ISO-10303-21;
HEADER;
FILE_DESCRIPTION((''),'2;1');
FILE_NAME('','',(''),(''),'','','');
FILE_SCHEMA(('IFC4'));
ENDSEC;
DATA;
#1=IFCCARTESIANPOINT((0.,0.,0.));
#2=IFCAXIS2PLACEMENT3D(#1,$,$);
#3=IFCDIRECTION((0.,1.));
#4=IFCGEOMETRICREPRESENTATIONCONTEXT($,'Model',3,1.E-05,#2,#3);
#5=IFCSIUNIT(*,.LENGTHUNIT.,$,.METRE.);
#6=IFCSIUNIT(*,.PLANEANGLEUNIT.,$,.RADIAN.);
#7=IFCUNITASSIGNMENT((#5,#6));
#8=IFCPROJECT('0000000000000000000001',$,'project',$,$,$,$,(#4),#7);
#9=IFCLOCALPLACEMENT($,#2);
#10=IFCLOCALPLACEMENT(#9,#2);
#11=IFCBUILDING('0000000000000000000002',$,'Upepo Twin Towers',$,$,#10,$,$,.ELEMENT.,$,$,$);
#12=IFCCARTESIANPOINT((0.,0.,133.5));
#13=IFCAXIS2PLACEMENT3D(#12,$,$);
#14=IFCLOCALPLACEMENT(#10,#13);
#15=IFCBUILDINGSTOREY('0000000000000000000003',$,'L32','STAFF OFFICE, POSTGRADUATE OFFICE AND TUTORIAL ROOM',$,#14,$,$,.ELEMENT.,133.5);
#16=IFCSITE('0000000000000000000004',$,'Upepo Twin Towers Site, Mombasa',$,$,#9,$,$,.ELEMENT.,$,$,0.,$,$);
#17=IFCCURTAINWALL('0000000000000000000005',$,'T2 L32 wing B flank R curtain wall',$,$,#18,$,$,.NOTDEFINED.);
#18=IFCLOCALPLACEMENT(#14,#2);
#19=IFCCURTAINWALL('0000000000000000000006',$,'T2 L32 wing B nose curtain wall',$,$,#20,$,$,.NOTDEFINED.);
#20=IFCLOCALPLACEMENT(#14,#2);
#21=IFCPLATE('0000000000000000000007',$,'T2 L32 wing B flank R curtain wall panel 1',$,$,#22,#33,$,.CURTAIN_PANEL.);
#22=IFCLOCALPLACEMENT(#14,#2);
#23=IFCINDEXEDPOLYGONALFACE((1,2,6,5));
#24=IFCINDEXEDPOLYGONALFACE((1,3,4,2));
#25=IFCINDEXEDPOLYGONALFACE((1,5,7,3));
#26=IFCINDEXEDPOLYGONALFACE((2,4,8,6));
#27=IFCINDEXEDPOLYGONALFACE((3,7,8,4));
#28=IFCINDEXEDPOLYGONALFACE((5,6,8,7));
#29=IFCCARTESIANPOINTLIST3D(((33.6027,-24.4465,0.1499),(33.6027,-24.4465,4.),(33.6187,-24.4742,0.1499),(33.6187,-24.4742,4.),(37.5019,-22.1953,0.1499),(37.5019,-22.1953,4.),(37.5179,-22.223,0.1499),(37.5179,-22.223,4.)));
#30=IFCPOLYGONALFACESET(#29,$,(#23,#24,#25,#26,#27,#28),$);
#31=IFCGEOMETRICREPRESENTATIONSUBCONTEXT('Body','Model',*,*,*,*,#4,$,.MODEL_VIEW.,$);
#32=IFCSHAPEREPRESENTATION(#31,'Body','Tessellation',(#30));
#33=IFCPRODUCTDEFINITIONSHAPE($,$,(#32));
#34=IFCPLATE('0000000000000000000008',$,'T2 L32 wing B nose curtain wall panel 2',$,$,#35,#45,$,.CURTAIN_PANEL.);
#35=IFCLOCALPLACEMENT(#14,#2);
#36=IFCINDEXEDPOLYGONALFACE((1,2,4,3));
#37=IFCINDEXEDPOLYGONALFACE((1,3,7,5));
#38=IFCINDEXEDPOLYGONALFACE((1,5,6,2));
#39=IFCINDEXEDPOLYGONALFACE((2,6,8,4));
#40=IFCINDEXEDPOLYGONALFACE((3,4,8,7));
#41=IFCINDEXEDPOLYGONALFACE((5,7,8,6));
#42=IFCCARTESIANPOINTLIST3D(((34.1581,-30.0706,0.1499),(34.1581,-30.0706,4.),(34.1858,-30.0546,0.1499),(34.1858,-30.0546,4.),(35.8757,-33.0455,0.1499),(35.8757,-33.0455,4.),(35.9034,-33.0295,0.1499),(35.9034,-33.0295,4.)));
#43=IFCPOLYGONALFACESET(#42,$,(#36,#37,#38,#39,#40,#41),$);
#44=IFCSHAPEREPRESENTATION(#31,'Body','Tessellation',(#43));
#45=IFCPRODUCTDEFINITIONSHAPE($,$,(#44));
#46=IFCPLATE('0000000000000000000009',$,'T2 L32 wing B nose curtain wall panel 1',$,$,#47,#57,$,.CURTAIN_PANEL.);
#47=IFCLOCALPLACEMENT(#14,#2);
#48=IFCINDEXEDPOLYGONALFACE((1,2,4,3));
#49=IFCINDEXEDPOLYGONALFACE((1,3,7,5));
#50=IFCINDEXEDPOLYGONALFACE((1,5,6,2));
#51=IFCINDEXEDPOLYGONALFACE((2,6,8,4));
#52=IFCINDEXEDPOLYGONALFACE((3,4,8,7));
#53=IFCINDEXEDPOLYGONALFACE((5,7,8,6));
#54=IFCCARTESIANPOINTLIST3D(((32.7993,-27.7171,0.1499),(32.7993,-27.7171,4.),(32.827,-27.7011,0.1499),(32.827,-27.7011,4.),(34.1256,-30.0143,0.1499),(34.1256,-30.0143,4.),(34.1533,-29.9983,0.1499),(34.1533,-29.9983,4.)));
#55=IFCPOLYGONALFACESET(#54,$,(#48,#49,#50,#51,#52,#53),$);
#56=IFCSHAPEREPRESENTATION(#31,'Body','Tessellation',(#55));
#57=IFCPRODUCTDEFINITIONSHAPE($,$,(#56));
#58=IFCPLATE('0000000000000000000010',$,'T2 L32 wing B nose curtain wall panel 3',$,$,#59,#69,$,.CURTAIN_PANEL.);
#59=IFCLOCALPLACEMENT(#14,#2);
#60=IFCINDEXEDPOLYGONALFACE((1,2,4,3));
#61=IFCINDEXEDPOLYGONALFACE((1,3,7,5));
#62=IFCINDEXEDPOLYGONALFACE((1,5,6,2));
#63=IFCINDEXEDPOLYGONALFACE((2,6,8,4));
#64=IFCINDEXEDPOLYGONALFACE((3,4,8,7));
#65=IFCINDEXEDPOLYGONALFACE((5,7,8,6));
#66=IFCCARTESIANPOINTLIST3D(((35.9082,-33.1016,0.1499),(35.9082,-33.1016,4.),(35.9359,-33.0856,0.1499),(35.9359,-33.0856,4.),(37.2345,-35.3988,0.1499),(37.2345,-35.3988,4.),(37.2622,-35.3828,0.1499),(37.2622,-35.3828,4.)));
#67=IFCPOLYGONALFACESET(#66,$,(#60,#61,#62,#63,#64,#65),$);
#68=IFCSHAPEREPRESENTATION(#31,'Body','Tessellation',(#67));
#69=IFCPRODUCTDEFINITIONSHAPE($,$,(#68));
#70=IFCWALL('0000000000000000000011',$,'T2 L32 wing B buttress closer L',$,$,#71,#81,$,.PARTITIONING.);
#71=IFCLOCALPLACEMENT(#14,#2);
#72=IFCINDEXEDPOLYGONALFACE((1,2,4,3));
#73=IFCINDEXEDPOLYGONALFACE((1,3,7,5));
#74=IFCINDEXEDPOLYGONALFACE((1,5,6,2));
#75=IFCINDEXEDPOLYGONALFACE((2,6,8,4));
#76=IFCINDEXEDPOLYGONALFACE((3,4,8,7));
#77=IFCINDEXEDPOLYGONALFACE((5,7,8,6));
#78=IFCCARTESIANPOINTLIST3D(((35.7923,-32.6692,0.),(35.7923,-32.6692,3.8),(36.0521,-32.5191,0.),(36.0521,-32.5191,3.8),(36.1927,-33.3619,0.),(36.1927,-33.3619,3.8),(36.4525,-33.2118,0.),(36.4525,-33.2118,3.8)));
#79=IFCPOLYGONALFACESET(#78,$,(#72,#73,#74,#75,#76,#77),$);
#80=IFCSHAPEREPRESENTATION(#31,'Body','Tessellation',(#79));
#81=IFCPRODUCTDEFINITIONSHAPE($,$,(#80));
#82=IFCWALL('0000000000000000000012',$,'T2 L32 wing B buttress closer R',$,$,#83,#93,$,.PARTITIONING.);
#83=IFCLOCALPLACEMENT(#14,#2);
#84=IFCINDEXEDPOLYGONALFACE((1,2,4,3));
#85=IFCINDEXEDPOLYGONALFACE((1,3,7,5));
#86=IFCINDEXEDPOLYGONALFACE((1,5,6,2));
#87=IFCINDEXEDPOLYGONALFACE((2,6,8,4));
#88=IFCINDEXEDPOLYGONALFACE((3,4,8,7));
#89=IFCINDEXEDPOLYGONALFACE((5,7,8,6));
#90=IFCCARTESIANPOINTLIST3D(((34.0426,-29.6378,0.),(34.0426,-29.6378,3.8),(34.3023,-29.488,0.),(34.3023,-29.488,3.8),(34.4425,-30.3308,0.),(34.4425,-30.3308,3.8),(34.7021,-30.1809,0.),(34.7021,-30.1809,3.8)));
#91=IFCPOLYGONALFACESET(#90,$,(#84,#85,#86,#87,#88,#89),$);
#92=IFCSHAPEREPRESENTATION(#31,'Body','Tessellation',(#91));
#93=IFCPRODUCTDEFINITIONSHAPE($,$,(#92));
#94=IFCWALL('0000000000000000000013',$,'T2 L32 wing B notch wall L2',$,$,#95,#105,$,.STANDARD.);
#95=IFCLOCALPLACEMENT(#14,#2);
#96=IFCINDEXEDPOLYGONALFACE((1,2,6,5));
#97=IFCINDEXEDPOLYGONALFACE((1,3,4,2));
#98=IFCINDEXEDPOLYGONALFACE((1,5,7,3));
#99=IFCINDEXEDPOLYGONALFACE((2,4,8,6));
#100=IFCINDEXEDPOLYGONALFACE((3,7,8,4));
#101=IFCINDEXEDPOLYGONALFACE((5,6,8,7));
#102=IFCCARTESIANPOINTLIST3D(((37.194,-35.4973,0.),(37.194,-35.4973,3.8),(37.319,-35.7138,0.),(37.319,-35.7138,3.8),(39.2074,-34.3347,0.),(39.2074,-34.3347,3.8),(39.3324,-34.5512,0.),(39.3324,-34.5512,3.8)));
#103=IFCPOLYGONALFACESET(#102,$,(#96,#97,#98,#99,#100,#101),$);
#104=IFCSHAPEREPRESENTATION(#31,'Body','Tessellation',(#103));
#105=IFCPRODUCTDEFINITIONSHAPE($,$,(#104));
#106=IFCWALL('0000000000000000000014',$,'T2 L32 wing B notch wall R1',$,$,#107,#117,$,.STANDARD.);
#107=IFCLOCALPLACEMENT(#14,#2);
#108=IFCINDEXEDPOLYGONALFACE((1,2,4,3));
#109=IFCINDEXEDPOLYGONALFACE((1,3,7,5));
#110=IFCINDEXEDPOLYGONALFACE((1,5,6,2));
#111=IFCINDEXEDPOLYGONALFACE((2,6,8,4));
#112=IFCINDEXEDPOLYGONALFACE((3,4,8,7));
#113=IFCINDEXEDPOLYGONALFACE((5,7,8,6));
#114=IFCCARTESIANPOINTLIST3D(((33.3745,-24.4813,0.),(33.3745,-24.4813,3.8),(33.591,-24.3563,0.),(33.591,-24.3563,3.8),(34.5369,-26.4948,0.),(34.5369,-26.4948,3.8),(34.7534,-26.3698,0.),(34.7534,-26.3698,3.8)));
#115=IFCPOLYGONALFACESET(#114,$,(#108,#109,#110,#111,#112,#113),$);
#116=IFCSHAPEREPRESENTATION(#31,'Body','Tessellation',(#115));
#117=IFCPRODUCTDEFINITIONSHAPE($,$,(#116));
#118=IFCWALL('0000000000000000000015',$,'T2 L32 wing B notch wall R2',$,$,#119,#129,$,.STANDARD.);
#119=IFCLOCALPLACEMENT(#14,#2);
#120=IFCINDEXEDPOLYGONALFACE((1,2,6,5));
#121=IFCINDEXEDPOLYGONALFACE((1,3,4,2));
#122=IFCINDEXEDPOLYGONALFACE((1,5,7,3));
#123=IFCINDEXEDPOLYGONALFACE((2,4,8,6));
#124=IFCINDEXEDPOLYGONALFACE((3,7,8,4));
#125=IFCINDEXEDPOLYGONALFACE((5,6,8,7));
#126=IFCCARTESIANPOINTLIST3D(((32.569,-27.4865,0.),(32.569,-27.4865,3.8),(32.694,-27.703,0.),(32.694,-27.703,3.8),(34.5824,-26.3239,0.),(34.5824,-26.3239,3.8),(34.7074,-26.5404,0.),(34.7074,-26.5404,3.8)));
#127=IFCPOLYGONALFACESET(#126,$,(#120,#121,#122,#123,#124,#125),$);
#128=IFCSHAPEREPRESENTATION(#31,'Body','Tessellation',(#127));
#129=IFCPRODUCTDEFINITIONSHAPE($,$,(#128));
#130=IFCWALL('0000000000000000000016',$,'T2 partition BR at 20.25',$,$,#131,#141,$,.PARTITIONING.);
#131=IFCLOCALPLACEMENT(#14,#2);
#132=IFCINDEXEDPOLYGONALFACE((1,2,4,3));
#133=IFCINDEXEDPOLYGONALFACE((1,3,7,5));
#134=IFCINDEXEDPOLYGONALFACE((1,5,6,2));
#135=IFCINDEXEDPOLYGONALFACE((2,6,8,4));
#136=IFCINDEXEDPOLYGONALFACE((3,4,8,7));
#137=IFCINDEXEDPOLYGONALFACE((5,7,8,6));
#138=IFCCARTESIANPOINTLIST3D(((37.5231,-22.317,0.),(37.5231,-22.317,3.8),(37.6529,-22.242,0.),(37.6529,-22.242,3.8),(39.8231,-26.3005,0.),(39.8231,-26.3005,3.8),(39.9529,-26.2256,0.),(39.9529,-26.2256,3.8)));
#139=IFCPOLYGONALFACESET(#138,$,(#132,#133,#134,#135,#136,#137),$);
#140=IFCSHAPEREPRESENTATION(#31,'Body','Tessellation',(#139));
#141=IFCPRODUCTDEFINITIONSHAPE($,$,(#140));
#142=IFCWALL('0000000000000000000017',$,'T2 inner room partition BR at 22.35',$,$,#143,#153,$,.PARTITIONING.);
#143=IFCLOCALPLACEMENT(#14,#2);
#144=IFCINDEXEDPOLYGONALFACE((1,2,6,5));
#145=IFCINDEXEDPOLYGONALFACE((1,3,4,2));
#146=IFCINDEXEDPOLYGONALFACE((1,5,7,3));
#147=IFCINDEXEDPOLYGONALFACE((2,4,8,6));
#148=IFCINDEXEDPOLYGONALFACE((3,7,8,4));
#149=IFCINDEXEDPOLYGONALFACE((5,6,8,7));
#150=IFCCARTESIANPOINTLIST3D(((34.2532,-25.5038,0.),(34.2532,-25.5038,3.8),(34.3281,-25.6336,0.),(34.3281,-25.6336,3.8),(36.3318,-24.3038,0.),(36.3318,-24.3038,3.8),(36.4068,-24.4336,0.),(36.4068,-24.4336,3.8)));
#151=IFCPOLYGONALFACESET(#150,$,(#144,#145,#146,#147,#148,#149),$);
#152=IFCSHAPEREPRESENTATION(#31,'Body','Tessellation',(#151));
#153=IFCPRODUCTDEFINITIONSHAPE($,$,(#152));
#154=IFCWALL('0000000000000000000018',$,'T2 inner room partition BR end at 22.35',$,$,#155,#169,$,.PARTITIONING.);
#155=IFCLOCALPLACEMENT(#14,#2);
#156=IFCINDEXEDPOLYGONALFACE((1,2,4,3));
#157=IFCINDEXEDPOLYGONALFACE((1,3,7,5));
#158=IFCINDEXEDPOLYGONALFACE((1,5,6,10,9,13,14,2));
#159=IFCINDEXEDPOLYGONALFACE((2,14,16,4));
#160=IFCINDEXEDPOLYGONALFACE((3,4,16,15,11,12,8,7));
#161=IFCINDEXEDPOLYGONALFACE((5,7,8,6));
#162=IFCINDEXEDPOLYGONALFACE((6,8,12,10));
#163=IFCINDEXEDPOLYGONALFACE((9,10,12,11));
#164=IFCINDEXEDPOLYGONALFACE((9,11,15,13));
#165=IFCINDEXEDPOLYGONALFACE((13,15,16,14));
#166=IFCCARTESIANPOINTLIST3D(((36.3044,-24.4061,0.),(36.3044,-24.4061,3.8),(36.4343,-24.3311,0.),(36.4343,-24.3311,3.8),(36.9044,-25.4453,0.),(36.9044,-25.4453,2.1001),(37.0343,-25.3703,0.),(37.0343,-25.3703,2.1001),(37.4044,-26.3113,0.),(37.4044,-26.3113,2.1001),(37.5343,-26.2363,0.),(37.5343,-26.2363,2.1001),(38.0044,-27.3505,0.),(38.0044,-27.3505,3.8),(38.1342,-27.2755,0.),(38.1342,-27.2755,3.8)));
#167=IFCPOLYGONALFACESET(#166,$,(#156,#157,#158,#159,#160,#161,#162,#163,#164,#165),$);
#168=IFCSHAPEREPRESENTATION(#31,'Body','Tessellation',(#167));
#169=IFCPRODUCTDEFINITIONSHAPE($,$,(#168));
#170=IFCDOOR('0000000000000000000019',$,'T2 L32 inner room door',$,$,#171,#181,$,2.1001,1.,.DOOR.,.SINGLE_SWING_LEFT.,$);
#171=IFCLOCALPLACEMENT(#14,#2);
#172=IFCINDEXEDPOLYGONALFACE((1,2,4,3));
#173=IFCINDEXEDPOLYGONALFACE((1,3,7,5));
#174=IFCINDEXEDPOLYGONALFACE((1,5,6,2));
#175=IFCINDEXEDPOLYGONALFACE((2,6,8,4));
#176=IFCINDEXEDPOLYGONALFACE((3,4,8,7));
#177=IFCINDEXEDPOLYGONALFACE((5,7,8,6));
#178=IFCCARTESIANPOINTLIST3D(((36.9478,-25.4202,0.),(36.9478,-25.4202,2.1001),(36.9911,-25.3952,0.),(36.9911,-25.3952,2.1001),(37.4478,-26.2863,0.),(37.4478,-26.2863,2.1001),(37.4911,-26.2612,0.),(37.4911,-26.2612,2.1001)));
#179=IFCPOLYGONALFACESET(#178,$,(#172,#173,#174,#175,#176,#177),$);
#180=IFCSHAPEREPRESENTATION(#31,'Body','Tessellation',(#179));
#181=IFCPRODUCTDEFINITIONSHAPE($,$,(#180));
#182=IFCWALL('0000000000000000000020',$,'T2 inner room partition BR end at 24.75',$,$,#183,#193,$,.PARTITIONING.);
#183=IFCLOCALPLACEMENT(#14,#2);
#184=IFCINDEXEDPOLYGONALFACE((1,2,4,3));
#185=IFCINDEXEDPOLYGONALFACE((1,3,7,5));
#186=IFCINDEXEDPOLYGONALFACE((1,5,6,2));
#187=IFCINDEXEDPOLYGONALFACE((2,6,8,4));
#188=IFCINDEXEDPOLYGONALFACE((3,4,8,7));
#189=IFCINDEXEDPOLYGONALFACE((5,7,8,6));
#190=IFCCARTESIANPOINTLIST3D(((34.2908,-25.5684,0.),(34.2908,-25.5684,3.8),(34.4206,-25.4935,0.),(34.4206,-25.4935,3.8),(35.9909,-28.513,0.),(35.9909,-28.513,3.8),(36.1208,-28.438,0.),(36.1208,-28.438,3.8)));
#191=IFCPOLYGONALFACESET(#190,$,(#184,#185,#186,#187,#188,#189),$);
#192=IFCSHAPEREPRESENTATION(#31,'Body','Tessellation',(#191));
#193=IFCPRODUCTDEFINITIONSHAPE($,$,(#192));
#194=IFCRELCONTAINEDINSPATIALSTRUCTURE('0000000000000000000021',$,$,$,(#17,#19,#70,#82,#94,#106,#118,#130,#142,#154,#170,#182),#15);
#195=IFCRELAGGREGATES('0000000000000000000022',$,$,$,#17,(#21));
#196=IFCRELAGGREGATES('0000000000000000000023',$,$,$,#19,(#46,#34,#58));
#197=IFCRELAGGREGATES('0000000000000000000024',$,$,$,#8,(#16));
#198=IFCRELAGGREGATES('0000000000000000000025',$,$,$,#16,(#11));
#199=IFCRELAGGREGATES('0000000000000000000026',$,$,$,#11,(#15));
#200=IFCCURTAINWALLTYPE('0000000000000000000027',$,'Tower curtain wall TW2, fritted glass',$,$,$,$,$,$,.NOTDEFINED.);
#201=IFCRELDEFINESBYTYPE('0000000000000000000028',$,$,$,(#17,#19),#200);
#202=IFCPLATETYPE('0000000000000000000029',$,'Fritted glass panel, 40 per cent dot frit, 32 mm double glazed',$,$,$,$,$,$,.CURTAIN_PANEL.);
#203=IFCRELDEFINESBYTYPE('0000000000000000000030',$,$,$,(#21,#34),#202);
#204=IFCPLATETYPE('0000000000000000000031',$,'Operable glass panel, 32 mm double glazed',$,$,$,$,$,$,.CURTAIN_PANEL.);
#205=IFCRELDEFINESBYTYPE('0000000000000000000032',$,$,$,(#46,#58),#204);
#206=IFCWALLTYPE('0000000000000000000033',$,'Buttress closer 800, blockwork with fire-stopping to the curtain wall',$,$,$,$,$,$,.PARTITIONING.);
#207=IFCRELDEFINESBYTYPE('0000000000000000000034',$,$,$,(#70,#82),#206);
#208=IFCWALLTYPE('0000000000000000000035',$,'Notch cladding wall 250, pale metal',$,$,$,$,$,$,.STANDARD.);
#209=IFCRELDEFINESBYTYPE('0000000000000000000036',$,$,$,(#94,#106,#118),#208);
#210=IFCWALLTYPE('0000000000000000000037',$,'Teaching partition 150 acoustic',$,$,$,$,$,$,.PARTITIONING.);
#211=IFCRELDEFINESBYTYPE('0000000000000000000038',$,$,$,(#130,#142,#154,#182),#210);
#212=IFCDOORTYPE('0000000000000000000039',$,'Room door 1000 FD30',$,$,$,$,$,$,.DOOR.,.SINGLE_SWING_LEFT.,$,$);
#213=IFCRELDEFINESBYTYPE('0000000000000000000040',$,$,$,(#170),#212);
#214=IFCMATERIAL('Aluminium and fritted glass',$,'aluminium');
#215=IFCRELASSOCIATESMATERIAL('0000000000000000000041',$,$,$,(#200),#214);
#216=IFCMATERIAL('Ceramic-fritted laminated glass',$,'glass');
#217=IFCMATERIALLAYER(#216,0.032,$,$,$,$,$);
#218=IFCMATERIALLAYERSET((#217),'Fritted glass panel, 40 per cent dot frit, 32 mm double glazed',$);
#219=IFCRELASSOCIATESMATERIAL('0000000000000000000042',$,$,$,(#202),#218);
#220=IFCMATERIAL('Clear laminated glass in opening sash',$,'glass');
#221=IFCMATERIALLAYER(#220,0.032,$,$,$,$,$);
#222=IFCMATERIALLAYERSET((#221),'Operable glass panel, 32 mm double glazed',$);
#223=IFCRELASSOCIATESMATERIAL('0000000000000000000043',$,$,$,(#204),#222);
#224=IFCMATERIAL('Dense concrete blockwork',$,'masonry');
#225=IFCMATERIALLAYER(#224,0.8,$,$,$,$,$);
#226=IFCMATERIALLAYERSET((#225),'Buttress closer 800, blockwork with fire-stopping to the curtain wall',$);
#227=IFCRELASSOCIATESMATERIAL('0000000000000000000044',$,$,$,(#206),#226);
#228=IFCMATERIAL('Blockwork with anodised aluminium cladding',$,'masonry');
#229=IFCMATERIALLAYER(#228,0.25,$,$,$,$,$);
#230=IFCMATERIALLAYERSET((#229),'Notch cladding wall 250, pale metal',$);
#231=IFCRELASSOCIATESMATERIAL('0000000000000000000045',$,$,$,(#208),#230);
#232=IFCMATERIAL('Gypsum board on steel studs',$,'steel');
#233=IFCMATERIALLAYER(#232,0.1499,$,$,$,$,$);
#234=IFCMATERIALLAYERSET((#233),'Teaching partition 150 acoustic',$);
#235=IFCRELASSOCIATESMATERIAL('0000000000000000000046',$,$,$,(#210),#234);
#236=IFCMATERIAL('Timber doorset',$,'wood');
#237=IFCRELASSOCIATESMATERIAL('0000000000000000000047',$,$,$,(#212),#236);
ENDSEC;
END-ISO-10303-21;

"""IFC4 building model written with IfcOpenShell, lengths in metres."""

from ifc_helpers import new_model, si_unit, direction, frame, frame_2d, origin, origin_2d, place, context, subcontext, project, spatial, rectangle, extrude, material, layer, layer_set, type_object, element, fill, aggregate, save


model = new_model("IFC4")

# Units and contexts
model_context = context("Model", 3, precision=1e-05, world=origin(), true_north=direction((0.0, 1.0)))
body_context = subcontext(model_context, "Body", "Model", "MODEL_VIEW")
ifc_project = project(units=[si_unit("LENGTHUNIT", "METRE"), si_unit("PLANEANGLEUNIT", "RADIAN")], contexts=[model_context])

# Site, building, storey
site_placement = place(None, origin())
site = spatial("IfcSite", under=ifc_project, at=site_placement, Name="Upepo Twin Towers Site, Mombasa", CompositionType="ELEMENT", RefElevation=0.0)
building_placement = place(site_placement, origin())
building = spatial("IfcBuilding", under=site, at=building_placement, Name="Upepo Twin Towers", CompositionType="ELEMENT")
storey_placement = place(building_placement, frame((0.0, 0.0, 133.5)))
storey = spatial("IfcBuildingStorey", under=building, at=storey_placement, Name="L32", Description="STAFF OFFICE, POSTGRADUATE OFFICE AND TUTORIAL ROOM", CompositionType="ELEMENT", Elevation=133.5)

# Curtain wall
ifc_material_1 = material(Name="Aluminium and fritted glass", Category="aluminium")
curtain_wall_type = type_object("IfcCurtainWallType", Name="Tower curtain wall TW2, fritted glass", PredefinedType="NOTDEFINED", material=ifc_material_1)
curtain_wall_1_placement = place(storey_placement, origin())
curtain_wall_1 = element("IfcCurtainWall", 1, at=curtain_wall_1_placement, inside=storey, type_object=curtain_wall_type, Name="T2 L32 wing B flank R curtain wall", PredefinedType="NOTDEFINED")

# Curtain wall
curtain_wall_2_placement = place(storey_placement, origin())
curtain_wall_2 = element("IfcCurtainWall", 2, at=curtain_wall_2_placement, inside=storey, type_object=curtain_wall_type, Name="T2 L32 wing B nose curtain wall", PredefinedType="NOTDEFINED")

# Plates
ifc_material_2 = material(Name="Ceramic-fritted laminated glass", Category="glass")
ifc_layer_1 = layer(ifc_material_2, 0.032)
ifc_layer_set_1 = layer_set([ifc_layer_1], Name="Fritted glass panel, 40 per cent dot frit, 32 mm double glazed")
plate_type_1 = type_object("IfcPlateType", Name="Fritted glass panel, 40 per cent dot frit, 32 mm double glazed", PredefinedType="CURTAIN_PANEL", material=ifc_layer_set_1)
plate_1_placement = place(storey_placement, frame((35.5603, -23.3347, 0.1499), z_axis=(0.0, 0.0, 1.0), x_axis=(0.866025, 0.5, 0.0)))
plate_1 = element("IfcPlate", 3, at=plate_1_placement, type_object=plate_type_1, Name="T2 L32 wing B flank R curtain wall panel 1", PredefinedType="CURTAIN_PANEL", context=body_context, shape_type="SweptSolid", body=[
    extrude(rectangle(XDim=4.5024, YDim=0.032, at=origin_2d()), origin(), (0.0, 0.0, 1.0), 3.8501),
])
aggregate(curtain_wall_1, [plate_1])
plate_2_placement = place(storey_placement, frame((35.0308, -31.55, 0.1499), z_axis=(0.0, 0.0, 1.0), x_axis=(0.5, -0.866025, 0.0)))
plate_2 = element("IfcPlate", 4, at=plate_2_placement, type_object=plate_type_1, Name="T2 L32 wing B nose curtain wall panel 2", PredefinedType="CURTAIN_PANEL", context=body_context, shape_type="SweptSolid", body=[
    extrude(rectangle(XDim=3.4351, YDim=0.032, at=origin_2d()), origin(), (0.0, 0.0, 1.0), 3.8501),
])
ifc_material_3 = material(Name="Clear laminated glass in opening sash", Category="glass")
ifc_layer_2 = layer(ifc_material_3, 0.032)
ifc_layer_set_2 = layer_set([ifc_layer_2], Name="Operable glass panel, 32 mm double glazed")
plate_type_2 = type_object("IfcPlateType", Name="Operable glass panel, 32 mm double glazed", PredefinedType="CURTAIN_PANEL", material=ifc_layer_set_2)
plate_3_placement = place(storey_placement, frame((33.4763, -28.8577, 0.1499), z_axis=(0.0, 0.0, 1.0), x_axis=(0.5, -0.866025, 0.0)))
plate_3 = element("IfcPlate", 5, at=plate_3_placement, type_object=plate_type_2, Name="T2 L32 wing B nose curtain wall panel 1", PredefinedType="CURTAIN_PANEL", context=body_context, shape_type="SweptSolid", body=[
    extrude(rectangle(XDim=2.6526, YDim=0.032, at=origin_2d()), origin(), (0.0, 0.0, 1.0), 3.8501),
])
plate_4_placement = place(storey_placement, frame((36.5852, -34.2422, 0.1499), z_axis=(0.0, 0.0, 1.0), x_axis=(0.5, -0.866025, 0.0)))
plate_4 = element("IfcPlate", 6, at=plate_4_placement, type_object=plate_type_2, Name="T2 L32 wing B nose curtain wall panel 3", PredefinedType="CURTAIN_PANEL", context=body_context, shape_type="SweptSolid", body=[
    extrude(rectangle(XDim=2.6526, YDim=0.032, at=origin_2d()), origin(), (0.0, 0.0, 1.0), 3.8501),
])
aggregate(curtain_wall_2, [plate_3, plate_2, plate_4])

# Walls
ifc_material_4 = material(Name="Dense concrete blockwork", Category="masonry")
ifc_layer_3 = layer(ifc_material_4, 0.8)
ifc_layer_set_3 = layer_set([ifc_layer_3], Name="Buttress closer 800, blockwork with fire-stopping to the curtain wall")
wall_type_1 = type_object("IfcWallType", Name="Buttress closer 800, blockwork with fire-stopping to the curtain wall", PredefinedType="PARTITIONING", material=ifc_layer_set_3)
wall_1_placement = place(storey_placement, frame((36.2522, -32.8655, 0.0), z_axis=(0.0, 0.0, 1.0), x_axis=(-0.865779, -0.500427, 0.0)))
element("IfcWall", 7, at=wall_1_placement, inside=storey, type_object=wall_type_1, Name="T2 L32 wing B buttress closer L", PredefinedType="PARTITIONING", context=body_context, shape_type="SweptSolid", body=[
    extrude(rectangle(XDim=0.3, YDim=0.8, at=frame_2d((0.1499, 0.0))), origin(), (0.0, 0.0, 1.0), 3.8),
])
wall_2_placement = place(storey_placement, frame((34.5022, -29.8345, 0.0), z_axis=(0.0, 0.0, 1.0), x_axis=(-0.866131, -0.499816, 0.0)))
element("IfcWall", 8, at=wall_2_placement, inside=storey, type_object=wall_type_1, Name="T2 L32 wing B buttress closer R", PredefinedType="PARTITIONING", context=body_context, shape_type="SweptSolid", body=[
    extrude(rectangle(XDim=0.2998, YDim=0.8, at=frame_2d((0.1499, 0.0))), origin(), (0.0, 0.0, 1.0), 3.8),
])
ifc_material_5 = material(Name="Blockwork with anodised aluminium cladding", Category="masonry")
ifc_layer_4 = layer(ifc_material_5, 0.25)
ifc_layer_set_4 = layer_set([ifc_layer_4], Name="Notch cladding wall 250, pale metal")
wall_type_2 = type_object("IfcWallType", Name="Notch cladding wall 250, pale metal", PredefinedType="STANDARD", material=ifc_layer_set_4)
for number, where, z_axis, x_axis, name in (
    (9, (39.27, -34.4429, 0.0), (0.0, 0.0, 1.0), (-0.865998, -0.500047, 0.0), "T2 L32 wing B notch wall L2"),
    (10, (33.4827, -24.4187, 0.0), (0.0, 0.0, 1.0), (0.499968, -0.866044, 0.0), "T2 L32 wing B notch wall R1"),
    (11, (34.645, -26.4321, 0.0), (0.0, 0.0, 1.0), (-0.865998, -0.500047, 0.0), "T2 L32 wing B notch wall R2"),
):
    element("IfcWall", number, at=place(storey_placement, frame(where, z_axis=z_axis, x_axis=x_axis)), inside=storey, type_object=wall_type_2, Name=name, PredefinedType="STANDARD", context=body_context, shape_type="SweptSolid", body=[
        extrude(rectangle(XDim=2.325, YDim=0.25, at=frame_2d((1.1626, 0.0))), origin(), (0.0, 0.0, 1.0), 3.8),
    ])
ifc_material_6 = material(Name="Gypsum board on steel studs", Category="steel")
ifc_layer_5 = layer(ifc_material_6, 0.1499)
ifc_layer_set_5 = layer_set([ifc_layer_5], Name="Teaching partition 150 acoustic")
wall_type_3 = type_object("IfcWallType", Name="Teaching partition 150 acoustic", PredefinedType="PARTITIONING", material=ifc_layer_set_5)
wall_3_placement = place(storey_placement, frame((39.8879, -26.2629, 0.0), z_axis=(0.0, 0.0, 1.0), x_axis=(-0.500015, 0.866017, 0.0)))
element("IfcWall", 12, at=wall_3_placement, inside=storey, type_object=wall_type_3, Name="T2 partition BR at 20.25", PredefinedType="PARTITIONING", context=body_context, shape_type="SweptSolid", body=[
    extrude(rectangle(XDim=4.5999, YDim=0.1499, at=frame_2d((2.2998, 0.0))), origin(), (0.0, 0.0, 1.0), 3.8),
])
wall_4_placement = place(storey_placement, frame((36.3694, -24.3687, 0.0), z_axis=(0.0, 0.0, 1.0), x_axis=(-0.86605, -0.499957, 0.0)))
element("IfcWall", 13, at=wall_4_placement, inside=storey, type_object=wall_type_3, Name="T2 inner room partition BR at 22.35", PredefinedType="PARTITIONING", context=body_context, shape_type="SweptSolid", body=[
    extrude(rectangle(XDim=2.4001, YDim=0.1499, at=frame_2d((1.2002, 0.0))), origin(), (0.0, 0.0, 1.0), 3.8),
])

# Wall, opening, door
wall_5_placement = place(storey_placement, frame((38.0693, -27.313, 0.0), z_axis=(0.0, 0.0, 1.0), x_axis=(-0.500008, 0.866021, 0.0)))
wall_5 = element("IfcWall", 14, at=wall_5_placement, inside=storey, type_object=wall_type_3, Name="T2 inner room partition BR end at 22.35", PredefinedType="PARTITIONING", context=body_context, shape_type="SweptSolid", body=[
    extrude(rectangle(XDim=3.3999, YDim=0.1499, at=frame_2d((1.7, 0.0))), origin(), (0.0, 0.0, 1.0), 3.8),
])
opening_1_placement = place(wall_5_placement, frame((1.2, 0.0, 0.0)))
opening_1 = element("IfcOpeningElement", 15, at=opening_1_placement, cuts=wall_5, PredefinedType="OPENING", context=body_context, shape_type="SweptSolid", body=[
    extrude(rectangle(XDim=1.0, YDim=2.1001, at=frame_2d((0.5, 1.05))), frame((0.0, 0.085, 0.0), z_axis=(0.0, -1.0, 0.0), x_axis=(1.0, 0.0, 0.0)), (0.0, 0.0, 1.0), 0.1699),
])
ifc_material_7 = material(Name="Timber doorset", Category="wood")
door_type = type_object("IfcDoorType", Name="Room door 1000 FD30", OperationType="SINGLE_SWING_LEFT", PredefinedType="DOOR", material=ifc_material_7)
door_1_placement = place(opening_1_placement, origin())
door_1 = element("IfcDoor", 16, at=door_1_placement, inside=storey, type_object=door_type, Name="T2 L32 inner room door", OperationType="SINGLE_SWING_LEFT", OverallHeight=2.1001, OverallWidth=1.0, PredefinedType="DOOR", context=body_context, shape_type="SweptSolid", body=[
    extrude(rectangle(XDim=1.0, YDim=2.1001, at=frame_2d((0.5, 1.05))), frame((0.0, 0.0249, 0.0), z_axis=(0.0, -1.0, 0.0), x_axis=(1.0, 0.0, 0.0)), (0.0, 0.0, 1.0), 0.05),
])
fill(opening_1, door_1)

# Wall
wall_6_placement = place(storey_placement, frame((36.0559, -28.4756, 0.0), z_axis=(0.0, 0.0, 1.0), x_axis=(-0.500031, 0.866007, 0.0)))
element("IfcWall", 17, at=wall_6_placement, inside=storey, type_object=wall_type_3, Name="T2 inner room partition BR end at 24.75", PredefinedType="PARTITIONING", context=body_context, shape_type="SweptSolid", body=[
    extrude(rectangle(XDim=3.4001, YDim=0.1499, at=frame_2d((1.7002, 0.0))), origin(), (0.0, 0.0, 1.0), 3.8),
])

save(model, "model.ifc")
